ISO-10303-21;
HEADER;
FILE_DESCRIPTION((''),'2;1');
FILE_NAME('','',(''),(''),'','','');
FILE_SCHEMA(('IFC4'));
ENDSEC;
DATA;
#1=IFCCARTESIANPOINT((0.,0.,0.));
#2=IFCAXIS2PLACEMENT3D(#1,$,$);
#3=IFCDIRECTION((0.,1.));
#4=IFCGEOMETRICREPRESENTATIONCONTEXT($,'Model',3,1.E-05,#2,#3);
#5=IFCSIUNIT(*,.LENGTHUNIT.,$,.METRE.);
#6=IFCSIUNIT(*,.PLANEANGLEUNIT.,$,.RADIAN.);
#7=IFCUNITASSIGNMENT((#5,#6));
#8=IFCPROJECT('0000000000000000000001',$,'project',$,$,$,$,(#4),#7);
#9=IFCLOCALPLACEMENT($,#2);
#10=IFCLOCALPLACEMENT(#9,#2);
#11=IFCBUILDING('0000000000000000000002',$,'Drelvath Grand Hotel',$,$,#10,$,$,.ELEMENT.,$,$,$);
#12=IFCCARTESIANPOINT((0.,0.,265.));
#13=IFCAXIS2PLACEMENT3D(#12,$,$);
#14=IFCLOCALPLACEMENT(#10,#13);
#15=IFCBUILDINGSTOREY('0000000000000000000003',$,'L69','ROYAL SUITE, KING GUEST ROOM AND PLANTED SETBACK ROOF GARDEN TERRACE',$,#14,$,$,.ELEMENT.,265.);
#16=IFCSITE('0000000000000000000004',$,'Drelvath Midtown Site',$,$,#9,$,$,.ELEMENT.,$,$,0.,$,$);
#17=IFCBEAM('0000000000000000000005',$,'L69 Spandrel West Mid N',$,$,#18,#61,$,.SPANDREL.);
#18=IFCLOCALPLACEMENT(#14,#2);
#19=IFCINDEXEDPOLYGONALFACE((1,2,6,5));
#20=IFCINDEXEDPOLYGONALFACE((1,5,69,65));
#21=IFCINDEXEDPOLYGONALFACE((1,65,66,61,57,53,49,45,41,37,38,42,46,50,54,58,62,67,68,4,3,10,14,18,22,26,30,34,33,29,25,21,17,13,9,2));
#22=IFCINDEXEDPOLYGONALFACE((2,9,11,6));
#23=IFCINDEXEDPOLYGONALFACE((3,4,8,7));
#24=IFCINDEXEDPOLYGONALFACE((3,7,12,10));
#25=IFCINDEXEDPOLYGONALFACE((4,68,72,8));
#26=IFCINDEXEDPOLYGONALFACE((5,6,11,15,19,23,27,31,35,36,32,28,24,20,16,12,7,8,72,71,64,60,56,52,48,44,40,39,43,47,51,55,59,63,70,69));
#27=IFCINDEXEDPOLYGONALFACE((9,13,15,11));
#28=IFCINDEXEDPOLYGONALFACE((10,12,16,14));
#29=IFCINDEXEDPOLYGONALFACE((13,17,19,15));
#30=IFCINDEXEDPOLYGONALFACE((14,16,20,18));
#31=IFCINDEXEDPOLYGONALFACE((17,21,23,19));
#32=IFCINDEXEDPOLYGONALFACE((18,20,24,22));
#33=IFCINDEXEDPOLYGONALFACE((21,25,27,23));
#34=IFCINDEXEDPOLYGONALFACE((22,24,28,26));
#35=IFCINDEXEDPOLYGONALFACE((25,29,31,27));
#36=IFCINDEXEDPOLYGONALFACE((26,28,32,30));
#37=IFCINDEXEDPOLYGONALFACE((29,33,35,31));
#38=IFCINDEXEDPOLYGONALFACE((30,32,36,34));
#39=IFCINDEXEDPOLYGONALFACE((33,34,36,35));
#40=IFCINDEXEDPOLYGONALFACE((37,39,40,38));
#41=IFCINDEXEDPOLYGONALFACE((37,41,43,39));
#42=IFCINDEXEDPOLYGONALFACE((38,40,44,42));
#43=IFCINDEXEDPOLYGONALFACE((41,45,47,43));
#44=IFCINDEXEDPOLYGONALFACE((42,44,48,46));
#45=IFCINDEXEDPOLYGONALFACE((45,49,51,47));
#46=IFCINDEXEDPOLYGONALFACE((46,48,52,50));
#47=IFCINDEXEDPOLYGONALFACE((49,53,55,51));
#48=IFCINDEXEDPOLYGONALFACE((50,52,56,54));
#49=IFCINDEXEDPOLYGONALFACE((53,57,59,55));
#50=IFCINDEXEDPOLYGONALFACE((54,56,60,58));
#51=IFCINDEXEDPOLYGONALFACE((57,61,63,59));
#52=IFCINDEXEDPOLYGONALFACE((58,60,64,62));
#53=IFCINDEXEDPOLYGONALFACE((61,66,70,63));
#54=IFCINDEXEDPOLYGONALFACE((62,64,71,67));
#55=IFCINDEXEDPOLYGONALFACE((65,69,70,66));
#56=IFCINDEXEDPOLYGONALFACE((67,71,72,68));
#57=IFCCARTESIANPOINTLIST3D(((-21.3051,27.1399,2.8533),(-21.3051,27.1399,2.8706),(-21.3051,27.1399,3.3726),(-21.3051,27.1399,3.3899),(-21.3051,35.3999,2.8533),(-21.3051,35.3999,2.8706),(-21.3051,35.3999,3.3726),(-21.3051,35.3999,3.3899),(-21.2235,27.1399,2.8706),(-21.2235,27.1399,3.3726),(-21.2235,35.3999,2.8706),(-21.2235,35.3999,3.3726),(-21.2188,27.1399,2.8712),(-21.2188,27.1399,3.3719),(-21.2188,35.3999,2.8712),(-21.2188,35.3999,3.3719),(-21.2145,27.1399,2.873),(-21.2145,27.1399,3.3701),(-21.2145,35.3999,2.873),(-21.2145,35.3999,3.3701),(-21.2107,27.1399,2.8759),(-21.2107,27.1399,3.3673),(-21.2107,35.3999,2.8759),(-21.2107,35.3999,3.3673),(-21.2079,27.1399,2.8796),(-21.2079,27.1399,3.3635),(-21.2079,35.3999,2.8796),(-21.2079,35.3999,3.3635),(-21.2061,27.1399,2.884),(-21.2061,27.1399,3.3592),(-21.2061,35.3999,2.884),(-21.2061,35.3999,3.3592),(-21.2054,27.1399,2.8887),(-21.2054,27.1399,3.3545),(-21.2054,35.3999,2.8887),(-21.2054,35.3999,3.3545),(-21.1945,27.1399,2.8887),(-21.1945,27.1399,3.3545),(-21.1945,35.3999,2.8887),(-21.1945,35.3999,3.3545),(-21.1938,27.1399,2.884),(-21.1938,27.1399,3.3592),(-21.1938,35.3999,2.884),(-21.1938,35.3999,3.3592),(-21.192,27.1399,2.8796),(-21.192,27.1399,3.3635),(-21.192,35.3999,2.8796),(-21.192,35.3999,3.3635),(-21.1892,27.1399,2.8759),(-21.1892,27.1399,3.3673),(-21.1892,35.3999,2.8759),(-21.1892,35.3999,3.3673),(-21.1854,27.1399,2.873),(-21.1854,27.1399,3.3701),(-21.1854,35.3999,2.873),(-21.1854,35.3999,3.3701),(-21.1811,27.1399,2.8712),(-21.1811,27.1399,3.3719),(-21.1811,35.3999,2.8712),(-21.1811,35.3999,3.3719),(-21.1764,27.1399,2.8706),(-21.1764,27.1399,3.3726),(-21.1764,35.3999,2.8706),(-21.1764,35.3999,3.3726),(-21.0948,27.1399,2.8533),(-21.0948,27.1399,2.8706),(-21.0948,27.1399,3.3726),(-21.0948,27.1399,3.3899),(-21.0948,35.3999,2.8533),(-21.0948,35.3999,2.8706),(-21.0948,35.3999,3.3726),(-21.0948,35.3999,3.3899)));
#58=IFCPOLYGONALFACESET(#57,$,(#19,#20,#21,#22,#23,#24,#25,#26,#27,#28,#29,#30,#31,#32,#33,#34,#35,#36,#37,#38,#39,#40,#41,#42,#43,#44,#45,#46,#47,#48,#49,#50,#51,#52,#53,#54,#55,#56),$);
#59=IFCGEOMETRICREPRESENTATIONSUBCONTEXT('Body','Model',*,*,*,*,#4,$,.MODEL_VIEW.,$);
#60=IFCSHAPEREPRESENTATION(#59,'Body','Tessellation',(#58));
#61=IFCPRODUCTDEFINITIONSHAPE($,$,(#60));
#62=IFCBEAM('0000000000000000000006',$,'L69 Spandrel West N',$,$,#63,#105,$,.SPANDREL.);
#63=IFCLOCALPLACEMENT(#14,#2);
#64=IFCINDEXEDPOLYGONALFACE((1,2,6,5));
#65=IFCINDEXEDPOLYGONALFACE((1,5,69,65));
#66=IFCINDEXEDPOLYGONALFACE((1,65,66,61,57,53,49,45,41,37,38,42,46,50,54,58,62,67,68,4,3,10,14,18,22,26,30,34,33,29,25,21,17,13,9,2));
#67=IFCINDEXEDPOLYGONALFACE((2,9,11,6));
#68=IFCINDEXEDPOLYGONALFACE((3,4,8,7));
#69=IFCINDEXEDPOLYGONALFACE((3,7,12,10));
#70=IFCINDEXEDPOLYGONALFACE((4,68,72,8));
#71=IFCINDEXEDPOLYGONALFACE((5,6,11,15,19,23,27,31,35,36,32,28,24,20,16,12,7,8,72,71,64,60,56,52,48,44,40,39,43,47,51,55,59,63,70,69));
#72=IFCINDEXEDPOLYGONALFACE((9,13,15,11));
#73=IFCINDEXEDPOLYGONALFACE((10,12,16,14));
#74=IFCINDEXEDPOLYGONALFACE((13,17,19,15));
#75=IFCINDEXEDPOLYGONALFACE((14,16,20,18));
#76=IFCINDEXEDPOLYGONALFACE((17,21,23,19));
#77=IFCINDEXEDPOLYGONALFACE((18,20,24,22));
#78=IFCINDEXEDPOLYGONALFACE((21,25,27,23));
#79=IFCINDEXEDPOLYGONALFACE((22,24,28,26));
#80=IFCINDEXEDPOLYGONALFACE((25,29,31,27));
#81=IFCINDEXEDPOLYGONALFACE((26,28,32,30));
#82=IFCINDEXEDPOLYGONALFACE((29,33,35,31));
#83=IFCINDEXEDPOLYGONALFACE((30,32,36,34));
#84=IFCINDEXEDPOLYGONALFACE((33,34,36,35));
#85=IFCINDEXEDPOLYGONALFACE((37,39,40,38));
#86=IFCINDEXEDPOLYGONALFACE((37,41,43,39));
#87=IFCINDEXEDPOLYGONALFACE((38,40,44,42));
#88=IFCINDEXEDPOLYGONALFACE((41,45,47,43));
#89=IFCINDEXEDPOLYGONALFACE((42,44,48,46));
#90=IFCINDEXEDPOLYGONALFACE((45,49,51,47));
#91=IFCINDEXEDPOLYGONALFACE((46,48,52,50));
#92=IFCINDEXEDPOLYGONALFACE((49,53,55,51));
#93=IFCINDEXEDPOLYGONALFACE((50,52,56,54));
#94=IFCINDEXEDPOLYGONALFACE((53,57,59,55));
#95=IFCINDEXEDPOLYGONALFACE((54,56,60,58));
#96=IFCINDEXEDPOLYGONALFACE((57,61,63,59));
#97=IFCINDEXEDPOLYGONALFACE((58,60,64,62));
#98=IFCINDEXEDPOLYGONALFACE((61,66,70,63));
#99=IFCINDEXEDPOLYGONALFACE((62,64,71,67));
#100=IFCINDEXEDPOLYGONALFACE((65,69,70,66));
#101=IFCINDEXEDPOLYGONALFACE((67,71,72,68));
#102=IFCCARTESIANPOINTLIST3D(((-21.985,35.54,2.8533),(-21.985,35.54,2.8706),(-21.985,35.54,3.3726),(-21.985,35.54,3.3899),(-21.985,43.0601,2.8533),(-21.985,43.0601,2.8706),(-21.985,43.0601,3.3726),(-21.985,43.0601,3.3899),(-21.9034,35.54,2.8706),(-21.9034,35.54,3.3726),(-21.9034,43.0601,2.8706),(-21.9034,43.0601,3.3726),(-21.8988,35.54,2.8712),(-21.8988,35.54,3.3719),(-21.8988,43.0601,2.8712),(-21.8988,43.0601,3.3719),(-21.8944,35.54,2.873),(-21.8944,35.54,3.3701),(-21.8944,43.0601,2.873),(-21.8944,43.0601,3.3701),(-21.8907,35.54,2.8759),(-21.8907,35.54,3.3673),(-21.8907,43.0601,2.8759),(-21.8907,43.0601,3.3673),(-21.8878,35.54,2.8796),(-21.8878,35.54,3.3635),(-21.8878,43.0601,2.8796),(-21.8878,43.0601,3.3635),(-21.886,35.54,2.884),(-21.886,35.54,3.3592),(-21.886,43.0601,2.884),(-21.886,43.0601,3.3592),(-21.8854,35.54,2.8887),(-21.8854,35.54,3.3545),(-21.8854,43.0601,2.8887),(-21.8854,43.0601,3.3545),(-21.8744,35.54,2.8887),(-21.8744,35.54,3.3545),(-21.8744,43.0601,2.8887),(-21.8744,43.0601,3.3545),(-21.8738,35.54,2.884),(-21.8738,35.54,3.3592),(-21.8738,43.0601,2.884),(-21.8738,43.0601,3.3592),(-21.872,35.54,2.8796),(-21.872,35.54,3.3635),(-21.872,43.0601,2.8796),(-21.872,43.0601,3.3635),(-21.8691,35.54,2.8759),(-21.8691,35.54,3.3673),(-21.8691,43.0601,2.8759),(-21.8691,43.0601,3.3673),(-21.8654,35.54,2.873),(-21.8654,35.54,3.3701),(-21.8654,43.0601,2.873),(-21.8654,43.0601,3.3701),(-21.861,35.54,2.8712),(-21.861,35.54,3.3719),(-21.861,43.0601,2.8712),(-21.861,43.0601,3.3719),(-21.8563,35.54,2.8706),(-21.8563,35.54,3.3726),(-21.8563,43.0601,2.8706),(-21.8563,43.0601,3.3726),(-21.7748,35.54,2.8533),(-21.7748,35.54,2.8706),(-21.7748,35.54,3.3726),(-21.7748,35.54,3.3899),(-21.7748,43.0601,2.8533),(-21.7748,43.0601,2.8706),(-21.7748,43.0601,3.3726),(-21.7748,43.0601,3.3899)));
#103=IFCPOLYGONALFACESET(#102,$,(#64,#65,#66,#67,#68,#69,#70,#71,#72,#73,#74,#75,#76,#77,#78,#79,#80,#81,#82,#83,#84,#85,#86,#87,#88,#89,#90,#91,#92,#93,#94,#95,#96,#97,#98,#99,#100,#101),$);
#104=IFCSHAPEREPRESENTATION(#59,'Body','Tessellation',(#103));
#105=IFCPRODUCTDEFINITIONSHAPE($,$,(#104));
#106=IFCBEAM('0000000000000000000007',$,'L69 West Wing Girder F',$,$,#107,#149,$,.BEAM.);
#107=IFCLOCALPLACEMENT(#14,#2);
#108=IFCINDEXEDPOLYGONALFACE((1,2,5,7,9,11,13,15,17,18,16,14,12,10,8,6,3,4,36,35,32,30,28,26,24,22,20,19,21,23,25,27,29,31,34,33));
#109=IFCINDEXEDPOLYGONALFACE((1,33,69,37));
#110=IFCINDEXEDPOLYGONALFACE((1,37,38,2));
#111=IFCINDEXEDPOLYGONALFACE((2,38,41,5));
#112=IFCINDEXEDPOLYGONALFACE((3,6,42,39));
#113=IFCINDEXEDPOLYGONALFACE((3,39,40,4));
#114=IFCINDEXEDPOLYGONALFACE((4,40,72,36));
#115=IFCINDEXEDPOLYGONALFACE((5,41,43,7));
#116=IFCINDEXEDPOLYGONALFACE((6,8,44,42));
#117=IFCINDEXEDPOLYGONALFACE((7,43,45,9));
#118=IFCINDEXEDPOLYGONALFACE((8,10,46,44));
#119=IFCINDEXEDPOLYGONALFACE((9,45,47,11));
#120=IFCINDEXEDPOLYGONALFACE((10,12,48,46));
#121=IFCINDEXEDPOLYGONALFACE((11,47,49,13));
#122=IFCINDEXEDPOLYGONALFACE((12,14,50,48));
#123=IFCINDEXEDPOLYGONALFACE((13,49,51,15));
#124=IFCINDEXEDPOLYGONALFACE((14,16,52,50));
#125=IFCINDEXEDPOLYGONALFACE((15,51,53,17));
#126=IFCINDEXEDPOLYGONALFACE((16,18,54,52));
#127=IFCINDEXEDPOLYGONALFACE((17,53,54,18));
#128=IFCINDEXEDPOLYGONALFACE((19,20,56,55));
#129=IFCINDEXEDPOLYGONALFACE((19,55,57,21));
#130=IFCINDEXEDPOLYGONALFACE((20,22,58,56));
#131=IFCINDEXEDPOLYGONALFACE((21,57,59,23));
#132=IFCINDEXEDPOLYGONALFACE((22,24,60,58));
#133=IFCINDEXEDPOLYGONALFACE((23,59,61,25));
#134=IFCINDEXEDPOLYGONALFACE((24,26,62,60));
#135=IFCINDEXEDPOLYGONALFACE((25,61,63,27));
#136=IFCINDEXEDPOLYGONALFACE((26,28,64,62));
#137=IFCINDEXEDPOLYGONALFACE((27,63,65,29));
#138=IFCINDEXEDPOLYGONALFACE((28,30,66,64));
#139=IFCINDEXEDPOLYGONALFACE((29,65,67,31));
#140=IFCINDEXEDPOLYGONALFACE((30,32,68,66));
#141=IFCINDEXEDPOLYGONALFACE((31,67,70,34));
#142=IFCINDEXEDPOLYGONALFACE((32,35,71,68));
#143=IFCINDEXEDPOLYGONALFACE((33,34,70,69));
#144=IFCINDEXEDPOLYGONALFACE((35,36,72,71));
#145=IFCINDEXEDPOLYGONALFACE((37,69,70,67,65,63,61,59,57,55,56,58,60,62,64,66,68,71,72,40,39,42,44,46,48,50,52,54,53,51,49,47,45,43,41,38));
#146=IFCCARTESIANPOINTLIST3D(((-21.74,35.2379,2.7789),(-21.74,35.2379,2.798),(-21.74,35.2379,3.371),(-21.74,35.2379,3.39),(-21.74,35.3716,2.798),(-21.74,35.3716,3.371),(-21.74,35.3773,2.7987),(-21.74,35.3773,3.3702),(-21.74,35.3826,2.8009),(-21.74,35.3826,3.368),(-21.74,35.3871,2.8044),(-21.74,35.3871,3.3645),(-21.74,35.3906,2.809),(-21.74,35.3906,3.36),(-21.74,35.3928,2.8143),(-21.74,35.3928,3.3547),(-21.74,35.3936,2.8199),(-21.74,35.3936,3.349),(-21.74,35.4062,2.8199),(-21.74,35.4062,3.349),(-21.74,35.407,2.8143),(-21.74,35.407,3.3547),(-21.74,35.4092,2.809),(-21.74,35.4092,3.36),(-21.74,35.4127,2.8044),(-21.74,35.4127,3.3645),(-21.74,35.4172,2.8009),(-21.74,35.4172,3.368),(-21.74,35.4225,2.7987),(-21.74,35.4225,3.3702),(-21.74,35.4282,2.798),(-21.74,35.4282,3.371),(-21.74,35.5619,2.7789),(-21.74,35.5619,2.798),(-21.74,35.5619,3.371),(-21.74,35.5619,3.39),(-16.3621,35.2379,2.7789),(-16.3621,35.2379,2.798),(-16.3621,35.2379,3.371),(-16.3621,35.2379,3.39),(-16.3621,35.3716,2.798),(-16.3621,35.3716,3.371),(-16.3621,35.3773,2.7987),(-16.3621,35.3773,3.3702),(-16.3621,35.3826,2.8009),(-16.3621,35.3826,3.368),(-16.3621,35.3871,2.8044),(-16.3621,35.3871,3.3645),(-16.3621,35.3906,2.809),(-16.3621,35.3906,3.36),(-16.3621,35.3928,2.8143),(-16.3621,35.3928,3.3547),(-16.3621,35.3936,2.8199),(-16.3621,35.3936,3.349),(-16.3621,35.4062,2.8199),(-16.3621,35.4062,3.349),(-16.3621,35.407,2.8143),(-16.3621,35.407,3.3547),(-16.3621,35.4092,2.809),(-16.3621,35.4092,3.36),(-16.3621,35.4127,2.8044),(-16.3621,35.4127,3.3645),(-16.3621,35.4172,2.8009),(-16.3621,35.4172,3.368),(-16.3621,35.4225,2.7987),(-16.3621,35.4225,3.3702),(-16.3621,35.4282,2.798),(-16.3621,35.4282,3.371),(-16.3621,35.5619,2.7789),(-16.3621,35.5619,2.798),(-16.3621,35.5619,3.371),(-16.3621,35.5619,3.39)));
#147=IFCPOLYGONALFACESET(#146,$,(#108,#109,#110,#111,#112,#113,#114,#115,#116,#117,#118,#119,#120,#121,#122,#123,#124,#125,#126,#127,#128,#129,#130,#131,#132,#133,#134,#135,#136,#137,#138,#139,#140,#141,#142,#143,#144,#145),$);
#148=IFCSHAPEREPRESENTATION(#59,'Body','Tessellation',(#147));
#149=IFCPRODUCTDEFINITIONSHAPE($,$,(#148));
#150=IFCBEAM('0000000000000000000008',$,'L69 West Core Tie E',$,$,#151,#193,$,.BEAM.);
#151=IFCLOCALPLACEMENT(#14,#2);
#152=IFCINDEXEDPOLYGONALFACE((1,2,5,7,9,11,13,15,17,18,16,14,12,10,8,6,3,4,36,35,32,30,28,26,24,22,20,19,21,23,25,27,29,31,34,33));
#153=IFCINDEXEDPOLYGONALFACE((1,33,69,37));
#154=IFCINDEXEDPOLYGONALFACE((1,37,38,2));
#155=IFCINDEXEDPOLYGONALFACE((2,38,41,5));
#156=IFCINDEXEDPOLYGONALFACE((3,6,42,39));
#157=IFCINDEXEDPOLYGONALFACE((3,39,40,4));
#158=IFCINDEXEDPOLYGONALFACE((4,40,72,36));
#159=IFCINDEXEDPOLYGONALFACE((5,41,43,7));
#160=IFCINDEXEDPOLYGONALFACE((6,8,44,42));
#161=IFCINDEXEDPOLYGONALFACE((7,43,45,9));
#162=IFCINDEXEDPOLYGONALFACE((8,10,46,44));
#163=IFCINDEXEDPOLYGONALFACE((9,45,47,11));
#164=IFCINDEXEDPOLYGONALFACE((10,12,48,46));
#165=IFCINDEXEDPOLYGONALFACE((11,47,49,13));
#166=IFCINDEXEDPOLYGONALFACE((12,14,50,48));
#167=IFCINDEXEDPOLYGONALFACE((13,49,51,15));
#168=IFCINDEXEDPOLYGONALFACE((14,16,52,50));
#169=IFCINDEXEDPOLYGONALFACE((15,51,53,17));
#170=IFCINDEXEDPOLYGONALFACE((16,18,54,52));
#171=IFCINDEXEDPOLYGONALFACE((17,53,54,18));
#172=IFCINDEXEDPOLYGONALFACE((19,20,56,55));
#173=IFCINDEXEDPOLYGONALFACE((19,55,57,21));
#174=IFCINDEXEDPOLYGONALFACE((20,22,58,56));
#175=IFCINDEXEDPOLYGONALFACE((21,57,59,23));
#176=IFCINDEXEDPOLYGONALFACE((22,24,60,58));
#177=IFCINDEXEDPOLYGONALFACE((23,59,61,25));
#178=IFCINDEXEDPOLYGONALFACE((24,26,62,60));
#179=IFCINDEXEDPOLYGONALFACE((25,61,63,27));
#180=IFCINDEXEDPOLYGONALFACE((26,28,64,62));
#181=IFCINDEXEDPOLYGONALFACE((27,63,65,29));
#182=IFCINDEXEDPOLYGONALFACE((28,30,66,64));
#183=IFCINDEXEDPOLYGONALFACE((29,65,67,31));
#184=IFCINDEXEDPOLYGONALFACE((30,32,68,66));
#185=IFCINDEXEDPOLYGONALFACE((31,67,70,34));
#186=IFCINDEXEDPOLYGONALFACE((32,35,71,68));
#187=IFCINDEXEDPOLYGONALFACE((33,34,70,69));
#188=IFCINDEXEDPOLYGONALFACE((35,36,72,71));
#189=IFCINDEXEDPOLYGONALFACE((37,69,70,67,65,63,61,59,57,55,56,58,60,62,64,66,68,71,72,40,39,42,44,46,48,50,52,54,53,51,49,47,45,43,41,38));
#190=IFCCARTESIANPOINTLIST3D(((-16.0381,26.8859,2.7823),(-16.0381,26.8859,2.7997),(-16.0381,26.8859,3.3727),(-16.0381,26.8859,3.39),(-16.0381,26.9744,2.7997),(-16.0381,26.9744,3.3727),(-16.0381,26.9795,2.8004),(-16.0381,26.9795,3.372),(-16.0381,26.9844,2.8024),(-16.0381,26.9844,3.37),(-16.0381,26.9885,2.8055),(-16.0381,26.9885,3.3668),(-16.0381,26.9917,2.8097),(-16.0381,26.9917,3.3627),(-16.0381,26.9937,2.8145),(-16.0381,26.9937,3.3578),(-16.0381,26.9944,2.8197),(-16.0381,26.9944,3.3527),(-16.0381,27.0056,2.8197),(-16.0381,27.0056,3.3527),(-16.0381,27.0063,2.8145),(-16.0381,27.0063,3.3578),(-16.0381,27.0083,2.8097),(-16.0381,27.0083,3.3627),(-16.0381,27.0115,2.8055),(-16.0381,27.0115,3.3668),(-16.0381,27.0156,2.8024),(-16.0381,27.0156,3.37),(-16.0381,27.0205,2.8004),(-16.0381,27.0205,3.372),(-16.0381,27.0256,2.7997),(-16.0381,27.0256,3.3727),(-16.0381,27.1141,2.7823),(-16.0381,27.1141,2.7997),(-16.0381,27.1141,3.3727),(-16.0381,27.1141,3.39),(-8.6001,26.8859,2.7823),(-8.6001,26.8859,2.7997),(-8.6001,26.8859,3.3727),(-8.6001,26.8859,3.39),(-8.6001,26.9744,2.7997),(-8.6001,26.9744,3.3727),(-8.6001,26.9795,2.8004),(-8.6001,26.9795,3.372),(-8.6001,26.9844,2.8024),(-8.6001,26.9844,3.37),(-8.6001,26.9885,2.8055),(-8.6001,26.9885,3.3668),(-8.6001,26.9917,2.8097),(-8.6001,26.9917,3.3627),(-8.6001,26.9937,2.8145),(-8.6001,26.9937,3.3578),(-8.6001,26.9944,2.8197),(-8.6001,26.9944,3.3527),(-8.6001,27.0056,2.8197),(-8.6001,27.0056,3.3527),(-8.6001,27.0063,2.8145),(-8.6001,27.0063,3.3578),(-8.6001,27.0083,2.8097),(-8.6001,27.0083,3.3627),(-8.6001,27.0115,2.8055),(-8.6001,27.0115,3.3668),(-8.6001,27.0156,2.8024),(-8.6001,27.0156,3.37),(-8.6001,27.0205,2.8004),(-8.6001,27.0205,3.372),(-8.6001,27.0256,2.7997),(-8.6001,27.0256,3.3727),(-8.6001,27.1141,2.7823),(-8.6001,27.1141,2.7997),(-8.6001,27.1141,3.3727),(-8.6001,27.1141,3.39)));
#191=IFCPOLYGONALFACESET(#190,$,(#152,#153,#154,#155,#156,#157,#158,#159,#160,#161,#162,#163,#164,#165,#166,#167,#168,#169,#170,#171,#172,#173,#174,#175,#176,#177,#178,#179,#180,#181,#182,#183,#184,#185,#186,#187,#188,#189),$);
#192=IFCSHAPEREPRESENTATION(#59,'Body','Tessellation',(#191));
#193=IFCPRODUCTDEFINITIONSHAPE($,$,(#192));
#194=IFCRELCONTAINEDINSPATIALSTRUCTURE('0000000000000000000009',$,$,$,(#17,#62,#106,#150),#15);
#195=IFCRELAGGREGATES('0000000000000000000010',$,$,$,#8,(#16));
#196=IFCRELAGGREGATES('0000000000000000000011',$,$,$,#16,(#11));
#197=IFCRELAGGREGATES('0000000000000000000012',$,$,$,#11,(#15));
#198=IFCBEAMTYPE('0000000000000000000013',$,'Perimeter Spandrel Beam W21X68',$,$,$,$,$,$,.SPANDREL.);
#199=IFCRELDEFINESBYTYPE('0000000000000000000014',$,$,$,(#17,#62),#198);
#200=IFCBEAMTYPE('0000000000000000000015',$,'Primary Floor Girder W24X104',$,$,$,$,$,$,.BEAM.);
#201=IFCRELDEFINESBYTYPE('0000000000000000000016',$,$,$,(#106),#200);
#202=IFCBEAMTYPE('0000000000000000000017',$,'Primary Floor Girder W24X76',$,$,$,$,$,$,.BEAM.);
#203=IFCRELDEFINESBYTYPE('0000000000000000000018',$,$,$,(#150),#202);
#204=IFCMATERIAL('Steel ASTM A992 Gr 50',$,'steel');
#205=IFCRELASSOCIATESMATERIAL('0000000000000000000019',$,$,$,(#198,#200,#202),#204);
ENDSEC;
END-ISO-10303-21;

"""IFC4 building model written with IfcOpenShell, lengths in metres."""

from ifc_helpers import new_model, si_unit, direction, frame, origin, origin_2d, place, context, subcontext, project, spatial, i_section, extrude, material, material_profile, profile_set, type_object, element, save


model = new_model("IFC4")

# Units and contexts
model_context = context("Model", 3, precision=1e-05, world=origin(), true_north=direction((0.0, 1.0)))
body_context = subcontext(model_context, "Body", "Model", "MODEL_VIEW")
ifc_project = project(units=[si_unit("LENGTHUNIT", "METRE"), si_unit("PLANEANGLEUNIT", "RADIAN")], contexts=[model_context])

# Site, building, storey
site_placement = place(None, origin())
site = spatial("IfcSite", under=ifc_project, at=site_placement, Name="Drelvath Midtown Site", CompositionType="ELEMENT", RefElevation=0.0)
building_placement = place(site_placement, origin())
building = spatial("IfcBuilding", under=site, at=building_placement, Name="Drelvath Grand Hotel", CompositionType="ELEMENT")
storey_placement = place(building_placement, frame((0.0, 0.0, 265.0)))
storey = spatial("IfcBuildingStorey", under=building, at=storey_placement, Name="L69", Description="ROYAL SUITE, KING GUEST ROOM AND PLANTED SETBACK ROOF GARDEN TERRACE", CompositionType="ELEMENT", Elevation=265.0)

# Beams
ifc_material_1 = material(Name="Steel ASTM A992 Gr 50", Category="steel")
ifc_material_profile_1 = material_profile(ifc_material_1, i_section(OverallWidth=0.2102, OverallDepth=0.5366, WebThickness=0.011, FlangeThickness=0.0173, FilletRadius=0.0181, at=origin_2d()), Name="W21X68")
ifc_profile_set_1 = profile_set([ifc_material_profile_1], Name="Steel ASTM A992 Gr 50")
beam_type_1 = type_object("IfcBeamType", Name="Perimeter Spandrel Beam W21X68", PredefinedType="SPANDREL", material=ifc_profile_set_1)
beam_1_placement = place(storey_placement, frame((-21.2, 27.1399, 3.1216), z_axis=(0.0, 1.0, 0.0), x_axis=(-1.0, 0.0, 0.0)))
element("IfcBeam", 1, at=beam_1_placement, inside=storey, type_object=beam_type_1, Name="L69 Spandrel West Mid N", PredefinedType="SPANDREL", context=body_context, shape_type="SweptSolid", body=[
    extrude(i_section(OverallWidth=0.2102, OverallDepth=0.5366, WebThickness=0.011, FlangeThickness=0.0173, FilletRadius=0.0181, at=origin_2d()), origin(), (0.0, 0.0, 1.0), 8.26),
])
beam_2_placement = place(storey_placement, frame((-21.8799, 35.54, 3.1216), z_axis=(0.0, 1.0, 0.0), x_axis=(-1.0, 0.0, 0.0)))
element("IfcBeam", 2, at=beam_2_placement, inside=storey, type_object=beam_type_1, Name="L69 Spandrel West N", PredefinedType="SPANDREL", context=body_context, shape_type="SweptSolid", body=[
    extrude(i_section(OverallWidth=0.2102, OverallDepth=0.5366, WebThickness=0.011, FlangeThickness=0.0173, FilletRadius=0.0181, at=origin_2d()), origin(), (0.0, 0.0, 1.0), 7.52),
])
ifc_material_profile_2 = material_profile(ifc_material_1, i_section(OverallWidth=0.324, OverallDepth=0.6111, WebThickness=0.0127, FlangeThickness=0.019, FilletRadius=0.022, at=origin_2d()), Name="W24X104")
ifc_profile_set_2 = profile_set([ifc_material_profile_2], Name="Steel ASTM A992 Gr 50")
beam_type_2 = type_object("IfcBeamType", Name="Primary Floor Girder W24X104", PredefinedType="BEAM", material=ifc_profile_set_2)
beam_3_placement = place(storey_placement, frame((-21.74, 35.3999, 3.0845), z_axis=(1.0, 0.0, 0.0), x_axis=(0.0, 1.0, 0.0)))
element("IfcBeam", 3, at=beam_3_placement, inside=storey, type_object=beam_type_2, Name="L69 West Wing Girder F", PredefinedType="BEAM", context=body_context, shape_type="SweptSolid", body=[
    extrude(i_section(OverallWidth=0.324, OverallDepth=0.6111, WebThickness=0.0127, FlangeThickness=0.019, FilletRadius=0.022, at=origin_2d()), origin(), (0.0, 0.0, 1.0), 5.3779),
])
ifc_material_profile_3 = material_profile(ifc_material_1, i_section(OverallWidth=0.2283, OverallDepth=0.6077, WebThickness=0.0112, FlangeThickness=0.0173, FilletRadius=0.02, at=origin_2d()), Name="W24X76")
ifc_profile_set_3 = profile_set([ifc_material_profile_3], Name="Steel ASTM A992 Gr 50")
beam_type_3 = type_object("IfcBeamType", Name="Primary Floor Girder W24X76", PredefinedType="BEAM", material=ifc_profile_set_3)
for number, where, z_axis, x_axis, name in (
    (4, (-16.0381, 27.0, 3.0862), (1.0, 0.0, 0.0), (0.0, 1.0, 0.0), "L69 West Core Tie E"),
):
    element("IfcBeam", number, at=place(storey_placement, frame(where, z_axis=z_axis, x_axis=x_axis)), inside=storey, type_object=beam_type_3, Name=name, PredefinedType="BEAM", context=body_context, shape_type="SweptSolid", body=[
        extrude(i_section(OverallWidth=0.2283, OverallDepth=0.6077, WebThickness=0.0112, FlangeThickness=0.0173, FilletRadius=0.02, at=origin_2d()), origin(), (0.0, 0.0, 1.0), 7.438),
    ])

save(model, "model.ifc")
